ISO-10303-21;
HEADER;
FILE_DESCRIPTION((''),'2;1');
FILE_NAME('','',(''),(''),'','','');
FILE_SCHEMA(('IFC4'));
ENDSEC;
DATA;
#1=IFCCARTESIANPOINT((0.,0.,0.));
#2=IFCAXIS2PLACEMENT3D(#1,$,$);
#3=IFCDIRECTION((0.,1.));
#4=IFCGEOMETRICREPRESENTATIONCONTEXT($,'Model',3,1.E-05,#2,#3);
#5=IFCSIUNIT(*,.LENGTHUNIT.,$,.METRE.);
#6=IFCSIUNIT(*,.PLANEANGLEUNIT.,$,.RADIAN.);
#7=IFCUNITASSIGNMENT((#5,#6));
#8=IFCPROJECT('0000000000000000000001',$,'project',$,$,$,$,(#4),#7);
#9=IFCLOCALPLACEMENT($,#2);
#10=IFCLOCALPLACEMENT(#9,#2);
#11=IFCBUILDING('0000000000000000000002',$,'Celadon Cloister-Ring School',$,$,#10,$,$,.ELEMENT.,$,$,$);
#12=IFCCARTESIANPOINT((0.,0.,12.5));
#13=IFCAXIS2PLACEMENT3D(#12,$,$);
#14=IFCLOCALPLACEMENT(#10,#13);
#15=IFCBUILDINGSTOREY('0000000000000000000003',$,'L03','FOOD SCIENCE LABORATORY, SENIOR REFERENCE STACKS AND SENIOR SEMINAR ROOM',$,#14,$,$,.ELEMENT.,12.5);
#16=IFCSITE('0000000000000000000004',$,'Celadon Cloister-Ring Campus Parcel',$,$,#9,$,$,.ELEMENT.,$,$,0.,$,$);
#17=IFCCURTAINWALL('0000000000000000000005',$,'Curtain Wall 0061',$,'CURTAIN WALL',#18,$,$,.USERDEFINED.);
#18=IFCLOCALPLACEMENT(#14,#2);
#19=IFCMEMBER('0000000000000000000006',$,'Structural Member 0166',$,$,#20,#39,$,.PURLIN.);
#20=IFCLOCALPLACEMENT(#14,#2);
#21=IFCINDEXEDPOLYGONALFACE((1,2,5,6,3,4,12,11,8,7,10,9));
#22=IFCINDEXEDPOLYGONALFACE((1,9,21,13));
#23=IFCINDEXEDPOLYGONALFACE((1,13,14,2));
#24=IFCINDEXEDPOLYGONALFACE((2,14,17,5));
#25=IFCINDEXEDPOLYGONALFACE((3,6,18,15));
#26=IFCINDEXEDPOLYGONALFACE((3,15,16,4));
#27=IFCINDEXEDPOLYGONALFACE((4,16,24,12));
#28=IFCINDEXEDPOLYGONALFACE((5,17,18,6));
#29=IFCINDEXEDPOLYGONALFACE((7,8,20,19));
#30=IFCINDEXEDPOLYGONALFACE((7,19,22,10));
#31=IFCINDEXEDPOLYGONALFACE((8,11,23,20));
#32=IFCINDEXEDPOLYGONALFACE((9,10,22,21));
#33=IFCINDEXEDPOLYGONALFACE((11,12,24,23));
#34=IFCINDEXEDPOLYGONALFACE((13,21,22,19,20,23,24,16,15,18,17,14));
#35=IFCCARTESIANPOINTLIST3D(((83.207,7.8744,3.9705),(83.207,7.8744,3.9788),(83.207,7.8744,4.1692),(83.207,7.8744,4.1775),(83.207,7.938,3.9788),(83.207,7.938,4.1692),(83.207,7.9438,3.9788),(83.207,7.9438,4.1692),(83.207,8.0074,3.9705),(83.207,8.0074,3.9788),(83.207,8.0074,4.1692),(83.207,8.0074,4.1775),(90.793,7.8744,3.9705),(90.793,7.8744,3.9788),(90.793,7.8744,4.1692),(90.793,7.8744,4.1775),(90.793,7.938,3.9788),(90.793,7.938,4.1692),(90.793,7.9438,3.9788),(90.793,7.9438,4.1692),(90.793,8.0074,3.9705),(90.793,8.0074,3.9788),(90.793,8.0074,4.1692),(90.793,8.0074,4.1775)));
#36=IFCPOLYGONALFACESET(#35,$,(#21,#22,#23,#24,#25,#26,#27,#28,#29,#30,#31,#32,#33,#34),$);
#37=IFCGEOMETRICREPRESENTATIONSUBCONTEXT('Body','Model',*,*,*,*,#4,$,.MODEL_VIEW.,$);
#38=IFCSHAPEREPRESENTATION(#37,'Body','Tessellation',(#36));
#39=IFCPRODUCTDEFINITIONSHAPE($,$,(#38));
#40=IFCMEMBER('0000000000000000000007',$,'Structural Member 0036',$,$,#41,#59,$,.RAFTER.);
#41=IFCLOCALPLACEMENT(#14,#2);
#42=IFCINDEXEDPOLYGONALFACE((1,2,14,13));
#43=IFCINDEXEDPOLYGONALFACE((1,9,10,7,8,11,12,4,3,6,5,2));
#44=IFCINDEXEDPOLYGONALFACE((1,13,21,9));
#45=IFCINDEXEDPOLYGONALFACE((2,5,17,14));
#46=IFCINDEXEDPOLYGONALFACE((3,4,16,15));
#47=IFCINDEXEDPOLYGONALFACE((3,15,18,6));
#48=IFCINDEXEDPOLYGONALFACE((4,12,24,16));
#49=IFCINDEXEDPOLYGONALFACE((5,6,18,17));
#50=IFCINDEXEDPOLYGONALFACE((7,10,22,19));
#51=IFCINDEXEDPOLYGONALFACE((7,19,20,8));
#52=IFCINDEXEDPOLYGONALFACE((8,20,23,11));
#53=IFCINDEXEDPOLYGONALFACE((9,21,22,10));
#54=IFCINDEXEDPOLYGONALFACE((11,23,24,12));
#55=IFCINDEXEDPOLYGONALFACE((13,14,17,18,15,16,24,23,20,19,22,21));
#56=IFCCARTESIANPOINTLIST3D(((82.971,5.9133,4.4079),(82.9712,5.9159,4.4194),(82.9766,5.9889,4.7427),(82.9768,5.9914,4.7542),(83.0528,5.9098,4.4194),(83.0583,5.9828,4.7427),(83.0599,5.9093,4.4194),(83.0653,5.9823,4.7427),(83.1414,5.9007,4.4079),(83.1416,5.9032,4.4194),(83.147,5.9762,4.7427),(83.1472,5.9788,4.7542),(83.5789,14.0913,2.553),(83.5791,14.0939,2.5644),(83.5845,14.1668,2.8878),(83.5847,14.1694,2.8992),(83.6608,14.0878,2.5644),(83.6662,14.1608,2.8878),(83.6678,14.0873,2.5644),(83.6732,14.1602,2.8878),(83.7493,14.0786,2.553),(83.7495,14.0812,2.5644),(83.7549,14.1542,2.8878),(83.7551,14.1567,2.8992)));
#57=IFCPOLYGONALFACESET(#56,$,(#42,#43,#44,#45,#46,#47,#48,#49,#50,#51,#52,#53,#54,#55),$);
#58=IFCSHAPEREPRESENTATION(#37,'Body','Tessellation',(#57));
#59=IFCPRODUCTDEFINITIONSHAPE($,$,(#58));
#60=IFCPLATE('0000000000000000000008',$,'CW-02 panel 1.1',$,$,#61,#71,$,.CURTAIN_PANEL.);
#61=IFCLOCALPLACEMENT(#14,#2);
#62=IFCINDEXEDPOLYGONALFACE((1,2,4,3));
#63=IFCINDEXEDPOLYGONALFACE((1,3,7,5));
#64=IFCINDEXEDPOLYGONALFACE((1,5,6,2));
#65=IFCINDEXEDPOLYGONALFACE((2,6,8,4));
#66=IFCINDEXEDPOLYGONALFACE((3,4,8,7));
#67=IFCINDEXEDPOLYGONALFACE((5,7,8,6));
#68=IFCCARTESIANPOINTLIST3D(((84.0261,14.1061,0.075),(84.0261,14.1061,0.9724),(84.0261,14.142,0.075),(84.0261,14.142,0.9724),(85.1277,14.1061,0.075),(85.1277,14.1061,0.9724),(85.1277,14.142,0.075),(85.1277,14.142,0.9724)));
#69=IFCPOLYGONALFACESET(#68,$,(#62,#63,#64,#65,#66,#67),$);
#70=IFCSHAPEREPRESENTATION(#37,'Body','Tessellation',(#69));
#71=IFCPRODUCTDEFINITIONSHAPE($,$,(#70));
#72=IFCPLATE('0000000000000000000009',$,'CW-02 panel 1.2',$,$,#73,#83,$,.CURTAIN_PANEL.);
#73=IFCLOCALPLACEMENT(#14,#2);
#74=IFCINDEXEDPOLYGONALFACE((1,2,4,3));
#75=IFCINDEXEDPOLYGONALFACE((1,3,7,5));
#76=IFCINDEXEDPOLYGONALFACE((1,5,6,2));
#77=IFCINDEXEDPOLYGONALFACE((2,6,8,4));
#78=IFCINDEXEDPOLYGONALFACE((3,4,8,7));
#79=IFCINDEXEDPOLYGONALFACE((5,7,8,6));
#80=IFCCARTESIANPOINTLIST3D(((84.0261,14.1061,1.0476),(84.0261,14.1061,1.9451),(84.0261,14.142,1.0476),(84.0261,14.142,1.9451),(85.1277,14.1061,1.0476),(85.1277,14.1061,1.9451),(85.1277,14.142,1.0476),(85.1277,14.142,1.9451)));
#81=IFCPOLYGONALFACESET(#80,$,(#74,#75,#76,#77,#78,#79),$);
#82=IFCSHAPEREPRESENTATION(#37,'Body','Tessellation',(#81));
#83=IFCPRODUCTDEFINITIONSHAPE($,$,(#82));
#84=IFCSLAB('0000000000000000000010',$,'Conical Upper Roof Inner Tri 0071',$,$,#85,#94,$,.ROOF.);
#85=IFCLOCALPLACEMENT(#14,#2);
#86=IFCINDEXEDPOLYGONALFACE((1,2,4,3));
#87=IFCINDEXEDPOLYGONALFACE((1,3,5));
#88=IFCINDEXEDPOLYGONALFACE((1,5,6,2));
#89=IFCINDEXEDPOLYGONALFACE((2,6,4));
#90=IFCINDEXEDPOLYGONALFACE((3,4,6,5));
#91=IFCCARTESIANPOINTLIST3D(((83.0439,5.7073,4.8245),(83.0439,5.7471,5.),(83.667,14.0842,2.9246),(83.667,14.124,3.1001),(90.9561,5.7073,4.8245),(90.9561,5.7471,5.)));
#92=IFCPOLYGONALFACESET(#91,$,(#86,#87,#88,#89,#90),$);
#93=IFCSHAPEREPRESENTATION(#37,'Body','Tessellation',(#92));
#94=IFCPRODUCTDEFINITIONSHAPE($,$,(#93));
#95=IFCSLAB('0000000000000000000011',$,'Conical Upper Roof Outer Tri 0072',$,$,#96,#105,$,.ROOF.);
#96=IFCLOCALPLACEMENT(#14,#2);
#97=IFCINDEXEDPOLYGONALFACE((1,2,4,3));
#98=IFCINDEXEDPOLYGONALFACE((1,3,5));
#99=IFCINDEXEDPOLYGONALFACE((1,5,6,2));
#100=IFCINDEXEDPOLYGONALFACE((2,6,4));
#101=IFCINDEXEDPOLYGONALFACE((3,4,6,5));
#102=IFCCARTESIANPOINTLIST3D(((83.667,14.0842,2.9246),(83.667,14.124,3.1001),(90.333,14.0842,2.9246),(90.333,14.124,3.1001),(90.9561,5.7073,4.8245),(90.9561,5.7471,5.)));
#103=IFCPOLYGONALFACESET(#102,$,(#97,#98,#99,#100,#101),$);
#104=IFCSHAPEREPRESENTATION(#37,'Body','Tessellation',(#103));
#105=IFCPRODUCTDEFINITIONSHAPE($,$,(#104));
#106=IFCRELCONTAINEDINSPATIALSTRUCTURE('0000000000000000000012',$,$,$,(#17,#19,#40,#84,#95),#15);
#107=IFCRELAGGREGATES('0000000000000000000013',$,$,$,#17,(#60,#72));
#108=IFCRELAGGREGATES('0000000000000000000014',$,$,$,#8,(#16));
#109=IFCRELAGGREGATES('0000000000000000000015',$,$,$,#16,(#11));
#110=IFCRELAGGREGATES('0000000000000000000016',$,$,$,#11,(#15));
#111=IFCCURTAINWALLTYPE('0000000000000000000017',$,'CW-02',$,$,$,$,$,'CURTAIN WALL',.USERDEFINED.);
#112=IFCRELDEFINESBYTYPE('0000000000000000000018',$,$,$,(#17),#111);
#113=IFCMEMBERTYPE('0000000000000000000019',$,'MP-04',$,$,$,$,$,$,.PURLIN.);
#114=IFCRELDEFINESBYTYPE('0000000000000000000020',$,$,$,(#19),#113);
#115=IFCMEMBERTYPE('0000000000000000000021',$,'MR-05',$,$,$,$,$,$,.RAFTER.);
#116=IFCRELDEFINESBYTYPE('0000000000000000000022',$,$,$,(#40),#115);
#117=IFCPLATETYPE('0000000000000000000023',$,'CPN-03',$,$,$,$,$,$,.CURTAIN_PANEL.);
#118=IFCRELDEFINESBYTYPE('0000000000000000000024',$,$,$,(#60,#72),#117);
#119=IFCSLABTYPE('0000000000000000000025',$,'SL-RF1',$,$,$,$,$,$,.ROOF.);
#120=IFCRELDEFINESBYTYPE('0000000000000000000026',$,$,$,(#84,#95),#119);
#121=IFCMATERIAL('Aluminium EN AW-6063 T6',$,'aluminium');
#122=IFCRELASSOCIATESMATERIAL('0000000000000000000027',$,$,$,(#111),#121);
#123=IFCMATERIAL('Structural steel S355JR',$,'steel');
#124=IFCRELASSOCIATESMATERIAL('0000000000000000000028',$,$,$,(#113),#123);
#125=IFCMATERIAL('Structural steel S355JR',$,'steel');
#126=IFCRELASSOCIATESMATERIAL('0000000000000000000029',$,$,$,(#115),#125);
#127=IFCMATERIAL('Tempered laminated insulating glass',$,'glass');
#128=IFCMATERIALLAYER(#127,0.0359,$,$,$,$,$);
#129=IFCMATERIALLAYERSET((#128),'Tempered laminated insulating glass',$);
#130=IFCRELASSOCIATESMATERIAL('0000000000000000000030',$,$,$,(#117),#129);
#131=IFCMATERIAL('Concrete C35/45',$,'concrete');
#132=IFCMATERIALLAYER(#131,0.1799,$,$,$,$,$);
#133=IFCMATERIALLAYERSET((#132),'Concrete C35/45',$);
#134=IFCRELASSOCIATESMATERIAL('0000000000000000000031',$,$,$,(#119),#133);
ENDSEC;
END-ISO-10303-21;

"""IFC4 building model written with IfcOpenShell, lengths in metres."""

from ifc_helpers import new_model, si_unit, direction, frame, origin, origin_2d, place, context, subcontext, project, spatial, polyline, rectangle, i_section, outline, extrude, material, layer, layer_set, material_profile, profile_set, type_object, element, aggregate, save


model = new_model("IFC4")

# Units and contexts
model_context = context("Model", 3, precision=1e-05, world=origin(), true_north=direction((0.0, 1.0)))
body_context = subcontext(model_context, "Body", "Model", "MODEL_VIEW")
ifc_project = project(units=[si_unit("LENGTHUNIT", "METRE"), si_unit("PLANEANGLEUNIT", "RADIAN")], contexts=[model_context])

# Site, building, storey
site_placement = place(None, origin())
site = spatial("IfcSite", under=ifc_project, at=site_placement, Name="Celadon Cloister-Ring Campus Parcel", CompositionType="ELEMENT", RefElevation=0.0)
building_placement = place(site_placement, origin())
building = spatial("IfcBuilding", under=site, at=building_placement, Name="Celadon Cloister-Ring School", CompositionType="ELEMENT")
storey_placement = place(building_placement, frame((0.0, 0.0, 12.5)))
storey = spatial("IfcBuildingStorey", under=building, at=storey_placement, Name="L03", Description="FOOD SCIENCE LABORATORY, SENIOR REFERENCE STACKS AND SENIOR SEMINAR ROOM", CompositionType="ELEMENT", Elevation=12.5)

# Curtain wall
ifc_material_1 = material(Name="Aluminium EN AW-6063 T6", Category="aluminium")
curtain_wall_type = type_object("IfcCurtainWallType", Name="CW-02", ElementType="CURTAIN WALL", PredefinedType="USERDEFINED", material=ifc_material_1)
curtain_wall_placement = place(storey_placement, origin())
curtain_wall = element("IfcCurtainWall", 1, at=curtain_wall_placement, inside=storey, type_object=curtain_wall_type, Name="Curtain Wall 0061", ObjectType="CURTAIN WALL", PredefinedType="USERDEFINED")

# Members
ifc_material_2 = material(Name="Structural steel S355JR", Category="steel")
ifc_material_profile_1 = material_profile(ifc_material_2, i_section(OverallWidth=0.1331, OverallDepth=0.207, WebThickness=0.0059, FlangeThickness=0.0083, at=origin_2d()), Name="W200X27")
ifc_profile_set_1 = profile_set([ifc_material_profile_1], Name="Structural steel S355JR")
member_type_1 = type_object("IfcMemberType", Name="MP-04", PredefinedType="PURLIN", material=ifc_profile_set_1)
member_1_placement = place(storey_placement, frame((83.207, 7.9409, 4.074), z_axis=(1.0, 0.0, 0.0), x_axis=(0.0, 1.0, 0.0)))
element("IfcMember", 2, at=member_1_placement, inside=storey, type_object=member_type_1, Name="Structural Member 0166", PredefinedType="PURLIN", context=body_context, shape_type="SweptSolid", body=[
    extrude(i_section(OverallWidth=0.1331, OverallDepth=0.207, WebThickness=0.0059, FlangeThickness=0.0083, at=origin_2d()), origin(), (0.0, 0.0, 1.0), 7.5859),
])
ifc_material_3 = material(Name="Structural steel S355JR", Category="steel")
ifc_material_profile_2 = material_profile(ifc_material_3, i_section(OverallWidth=0.1709, OverallDepth=0.355, WebThickness=0.0071, FlangeThickness=0.0117, at=origin_2d()), Name="W360X51")
ifc_profile_set_2 = profile_set([ifc_material_profile_2], Name="Structural steel S355JR")
member_type_2 = type_object("IfcMemberType", Name="MR-05", PredefinedType="RAFTER", material=ifc_profile_set_2)
member_2_placement = place(storey_placement, frame((83.667, 14.124, 2.7261), z_axis=(-0.072304, -0.972674, 0.220628), x_axis=(0.997249, -0.07413, 0.0)))
element("IfcMember", 3, at=member_2_placement, inside=storey, type_object=member_type_2, Name="Structural Member 0036", PredefinedType="RAFTER", context=body_context, shape_type="SweptSolid", body=[
    extrude(i_section(OverallWidth=0.1709, OverallDepth=0.355, WebThickness=0.0071, FlangeThickness=0.0117, at=origin_2d()), origin(), (0.0, 0.0, 1.0), 8.4077),
])

# Plates
ifc_material_4 = material(Name="Tempered laminated insulating glass", Category="glass")
ifc_layer_1 = layer(ifc_material_4, 0.0359)
ifc_layer_set_1 = layer_set([ifc_layer_1], Name="Tempered laminated insulating glass")
plate_type = type_object("IfcPlateType", Name="CPN-03", PredefinedType="CURTAIN_PANEL", material=ifc_layer_set_1)
plate_1_placement = place(storey_placement, frame((84.5769, 14.124, 0.075), z_axis=(0.0, 0.0, 1.0), x_axis=(1.0, 0.0, 0.0)))
plate_1 = element("IfcPlate", 4, at=plate_1_placement, type_object=plate_type, Name="CW-02 panel 1.1", PredefinedType="CURTAIN_PANEL", context=body_context, shape_type="SweptSolid", body=[
    extrude(rectangle(XDim=1.1016, YDim=0.0359, at=origin_2d()), origin(), (0.0, 0.0, 1.0), 0.8975),
])
plate_2_placement = place(storey_placement, frame((84.5769, 14.124, 1.0476), z_axis=(0.0, 0.0, 1.0), x_axis=(1.0, 0.0, 0.0)))
plate_2 = element("IfcPlate", 5, at=plate_2_placement, type_object=plate_type, Name="CW-02 panel 1.2", PredefinedType="CURTAIN_PANEL", context=body_context, shape_type="SweptSolid", body=[
    extrude(rectangle(XDim=1.1016, YDim=0.0359, at=origin_2d()), origin(), (0.0, 0.0, 1.0), 0.8975),
])
aggregate(curtain_wall, [plate_1, plate_2])

# Slabs
ifc_material_5 = material(Name="Concrete C35/45", Category="concrete")
ifc_layer_2 = layer(ifc_material_5, 0.1799)
ifc_layer_set_2 = layer_set([ifc_layer_2], Name="Concrete C35/45")
slab_type = type_object("IfcSlabType", Name="SL-RF1", PredefinedType="ROOF", material=ifc_layer_set_2)
slab_1_placement = place(storey_placement, frame((83.667, 14.124, 3.1001), z_axis=(0.0, 0.221184, 0.975232), x_axis=(-0.072344, -0.972677, 0.220604)))
element("IfcSlab", 6, at=slab_1_placement, inside=storey, type_object=slab_type, Name="Conical Upper Roof Inner Tri 0071", PredefinedType="ROOF", context=body_context, shape_type="SweptSolid", body=[
    extrude(outline(polyline([(0.0, 0.0), (8.6123, 0.0), (8.0399, 7.8914), (0.0, 0.0)])), origin(), (0.0, 0.0, -1.0), 0.1799),
])
slab_2_placement = place(storey_placement, frame((83.667, 14.124, 3.1001), z_axis=(0.0, 0.221184, 0.975232), x_axis=(0.64702, -0.743588, 0.168647)))
element("IfcSlab", 7, at=slab_2_placement, inside=storey, type_object=slab_type, Name="Conical Upper Roof Outer Tri 0072", PredefinedType="ROOF", context=body_context, shape_type="SweptSolid", body=[
    extrude(outline(polyline([(0.0, 0.0), (11.2656, 0.0), (4.313, 5.0827), (0.0, 0.0)])), origin(), (0.0, 0.0, -1.0), 0.1799),
])

save(model, "model.ifc")
